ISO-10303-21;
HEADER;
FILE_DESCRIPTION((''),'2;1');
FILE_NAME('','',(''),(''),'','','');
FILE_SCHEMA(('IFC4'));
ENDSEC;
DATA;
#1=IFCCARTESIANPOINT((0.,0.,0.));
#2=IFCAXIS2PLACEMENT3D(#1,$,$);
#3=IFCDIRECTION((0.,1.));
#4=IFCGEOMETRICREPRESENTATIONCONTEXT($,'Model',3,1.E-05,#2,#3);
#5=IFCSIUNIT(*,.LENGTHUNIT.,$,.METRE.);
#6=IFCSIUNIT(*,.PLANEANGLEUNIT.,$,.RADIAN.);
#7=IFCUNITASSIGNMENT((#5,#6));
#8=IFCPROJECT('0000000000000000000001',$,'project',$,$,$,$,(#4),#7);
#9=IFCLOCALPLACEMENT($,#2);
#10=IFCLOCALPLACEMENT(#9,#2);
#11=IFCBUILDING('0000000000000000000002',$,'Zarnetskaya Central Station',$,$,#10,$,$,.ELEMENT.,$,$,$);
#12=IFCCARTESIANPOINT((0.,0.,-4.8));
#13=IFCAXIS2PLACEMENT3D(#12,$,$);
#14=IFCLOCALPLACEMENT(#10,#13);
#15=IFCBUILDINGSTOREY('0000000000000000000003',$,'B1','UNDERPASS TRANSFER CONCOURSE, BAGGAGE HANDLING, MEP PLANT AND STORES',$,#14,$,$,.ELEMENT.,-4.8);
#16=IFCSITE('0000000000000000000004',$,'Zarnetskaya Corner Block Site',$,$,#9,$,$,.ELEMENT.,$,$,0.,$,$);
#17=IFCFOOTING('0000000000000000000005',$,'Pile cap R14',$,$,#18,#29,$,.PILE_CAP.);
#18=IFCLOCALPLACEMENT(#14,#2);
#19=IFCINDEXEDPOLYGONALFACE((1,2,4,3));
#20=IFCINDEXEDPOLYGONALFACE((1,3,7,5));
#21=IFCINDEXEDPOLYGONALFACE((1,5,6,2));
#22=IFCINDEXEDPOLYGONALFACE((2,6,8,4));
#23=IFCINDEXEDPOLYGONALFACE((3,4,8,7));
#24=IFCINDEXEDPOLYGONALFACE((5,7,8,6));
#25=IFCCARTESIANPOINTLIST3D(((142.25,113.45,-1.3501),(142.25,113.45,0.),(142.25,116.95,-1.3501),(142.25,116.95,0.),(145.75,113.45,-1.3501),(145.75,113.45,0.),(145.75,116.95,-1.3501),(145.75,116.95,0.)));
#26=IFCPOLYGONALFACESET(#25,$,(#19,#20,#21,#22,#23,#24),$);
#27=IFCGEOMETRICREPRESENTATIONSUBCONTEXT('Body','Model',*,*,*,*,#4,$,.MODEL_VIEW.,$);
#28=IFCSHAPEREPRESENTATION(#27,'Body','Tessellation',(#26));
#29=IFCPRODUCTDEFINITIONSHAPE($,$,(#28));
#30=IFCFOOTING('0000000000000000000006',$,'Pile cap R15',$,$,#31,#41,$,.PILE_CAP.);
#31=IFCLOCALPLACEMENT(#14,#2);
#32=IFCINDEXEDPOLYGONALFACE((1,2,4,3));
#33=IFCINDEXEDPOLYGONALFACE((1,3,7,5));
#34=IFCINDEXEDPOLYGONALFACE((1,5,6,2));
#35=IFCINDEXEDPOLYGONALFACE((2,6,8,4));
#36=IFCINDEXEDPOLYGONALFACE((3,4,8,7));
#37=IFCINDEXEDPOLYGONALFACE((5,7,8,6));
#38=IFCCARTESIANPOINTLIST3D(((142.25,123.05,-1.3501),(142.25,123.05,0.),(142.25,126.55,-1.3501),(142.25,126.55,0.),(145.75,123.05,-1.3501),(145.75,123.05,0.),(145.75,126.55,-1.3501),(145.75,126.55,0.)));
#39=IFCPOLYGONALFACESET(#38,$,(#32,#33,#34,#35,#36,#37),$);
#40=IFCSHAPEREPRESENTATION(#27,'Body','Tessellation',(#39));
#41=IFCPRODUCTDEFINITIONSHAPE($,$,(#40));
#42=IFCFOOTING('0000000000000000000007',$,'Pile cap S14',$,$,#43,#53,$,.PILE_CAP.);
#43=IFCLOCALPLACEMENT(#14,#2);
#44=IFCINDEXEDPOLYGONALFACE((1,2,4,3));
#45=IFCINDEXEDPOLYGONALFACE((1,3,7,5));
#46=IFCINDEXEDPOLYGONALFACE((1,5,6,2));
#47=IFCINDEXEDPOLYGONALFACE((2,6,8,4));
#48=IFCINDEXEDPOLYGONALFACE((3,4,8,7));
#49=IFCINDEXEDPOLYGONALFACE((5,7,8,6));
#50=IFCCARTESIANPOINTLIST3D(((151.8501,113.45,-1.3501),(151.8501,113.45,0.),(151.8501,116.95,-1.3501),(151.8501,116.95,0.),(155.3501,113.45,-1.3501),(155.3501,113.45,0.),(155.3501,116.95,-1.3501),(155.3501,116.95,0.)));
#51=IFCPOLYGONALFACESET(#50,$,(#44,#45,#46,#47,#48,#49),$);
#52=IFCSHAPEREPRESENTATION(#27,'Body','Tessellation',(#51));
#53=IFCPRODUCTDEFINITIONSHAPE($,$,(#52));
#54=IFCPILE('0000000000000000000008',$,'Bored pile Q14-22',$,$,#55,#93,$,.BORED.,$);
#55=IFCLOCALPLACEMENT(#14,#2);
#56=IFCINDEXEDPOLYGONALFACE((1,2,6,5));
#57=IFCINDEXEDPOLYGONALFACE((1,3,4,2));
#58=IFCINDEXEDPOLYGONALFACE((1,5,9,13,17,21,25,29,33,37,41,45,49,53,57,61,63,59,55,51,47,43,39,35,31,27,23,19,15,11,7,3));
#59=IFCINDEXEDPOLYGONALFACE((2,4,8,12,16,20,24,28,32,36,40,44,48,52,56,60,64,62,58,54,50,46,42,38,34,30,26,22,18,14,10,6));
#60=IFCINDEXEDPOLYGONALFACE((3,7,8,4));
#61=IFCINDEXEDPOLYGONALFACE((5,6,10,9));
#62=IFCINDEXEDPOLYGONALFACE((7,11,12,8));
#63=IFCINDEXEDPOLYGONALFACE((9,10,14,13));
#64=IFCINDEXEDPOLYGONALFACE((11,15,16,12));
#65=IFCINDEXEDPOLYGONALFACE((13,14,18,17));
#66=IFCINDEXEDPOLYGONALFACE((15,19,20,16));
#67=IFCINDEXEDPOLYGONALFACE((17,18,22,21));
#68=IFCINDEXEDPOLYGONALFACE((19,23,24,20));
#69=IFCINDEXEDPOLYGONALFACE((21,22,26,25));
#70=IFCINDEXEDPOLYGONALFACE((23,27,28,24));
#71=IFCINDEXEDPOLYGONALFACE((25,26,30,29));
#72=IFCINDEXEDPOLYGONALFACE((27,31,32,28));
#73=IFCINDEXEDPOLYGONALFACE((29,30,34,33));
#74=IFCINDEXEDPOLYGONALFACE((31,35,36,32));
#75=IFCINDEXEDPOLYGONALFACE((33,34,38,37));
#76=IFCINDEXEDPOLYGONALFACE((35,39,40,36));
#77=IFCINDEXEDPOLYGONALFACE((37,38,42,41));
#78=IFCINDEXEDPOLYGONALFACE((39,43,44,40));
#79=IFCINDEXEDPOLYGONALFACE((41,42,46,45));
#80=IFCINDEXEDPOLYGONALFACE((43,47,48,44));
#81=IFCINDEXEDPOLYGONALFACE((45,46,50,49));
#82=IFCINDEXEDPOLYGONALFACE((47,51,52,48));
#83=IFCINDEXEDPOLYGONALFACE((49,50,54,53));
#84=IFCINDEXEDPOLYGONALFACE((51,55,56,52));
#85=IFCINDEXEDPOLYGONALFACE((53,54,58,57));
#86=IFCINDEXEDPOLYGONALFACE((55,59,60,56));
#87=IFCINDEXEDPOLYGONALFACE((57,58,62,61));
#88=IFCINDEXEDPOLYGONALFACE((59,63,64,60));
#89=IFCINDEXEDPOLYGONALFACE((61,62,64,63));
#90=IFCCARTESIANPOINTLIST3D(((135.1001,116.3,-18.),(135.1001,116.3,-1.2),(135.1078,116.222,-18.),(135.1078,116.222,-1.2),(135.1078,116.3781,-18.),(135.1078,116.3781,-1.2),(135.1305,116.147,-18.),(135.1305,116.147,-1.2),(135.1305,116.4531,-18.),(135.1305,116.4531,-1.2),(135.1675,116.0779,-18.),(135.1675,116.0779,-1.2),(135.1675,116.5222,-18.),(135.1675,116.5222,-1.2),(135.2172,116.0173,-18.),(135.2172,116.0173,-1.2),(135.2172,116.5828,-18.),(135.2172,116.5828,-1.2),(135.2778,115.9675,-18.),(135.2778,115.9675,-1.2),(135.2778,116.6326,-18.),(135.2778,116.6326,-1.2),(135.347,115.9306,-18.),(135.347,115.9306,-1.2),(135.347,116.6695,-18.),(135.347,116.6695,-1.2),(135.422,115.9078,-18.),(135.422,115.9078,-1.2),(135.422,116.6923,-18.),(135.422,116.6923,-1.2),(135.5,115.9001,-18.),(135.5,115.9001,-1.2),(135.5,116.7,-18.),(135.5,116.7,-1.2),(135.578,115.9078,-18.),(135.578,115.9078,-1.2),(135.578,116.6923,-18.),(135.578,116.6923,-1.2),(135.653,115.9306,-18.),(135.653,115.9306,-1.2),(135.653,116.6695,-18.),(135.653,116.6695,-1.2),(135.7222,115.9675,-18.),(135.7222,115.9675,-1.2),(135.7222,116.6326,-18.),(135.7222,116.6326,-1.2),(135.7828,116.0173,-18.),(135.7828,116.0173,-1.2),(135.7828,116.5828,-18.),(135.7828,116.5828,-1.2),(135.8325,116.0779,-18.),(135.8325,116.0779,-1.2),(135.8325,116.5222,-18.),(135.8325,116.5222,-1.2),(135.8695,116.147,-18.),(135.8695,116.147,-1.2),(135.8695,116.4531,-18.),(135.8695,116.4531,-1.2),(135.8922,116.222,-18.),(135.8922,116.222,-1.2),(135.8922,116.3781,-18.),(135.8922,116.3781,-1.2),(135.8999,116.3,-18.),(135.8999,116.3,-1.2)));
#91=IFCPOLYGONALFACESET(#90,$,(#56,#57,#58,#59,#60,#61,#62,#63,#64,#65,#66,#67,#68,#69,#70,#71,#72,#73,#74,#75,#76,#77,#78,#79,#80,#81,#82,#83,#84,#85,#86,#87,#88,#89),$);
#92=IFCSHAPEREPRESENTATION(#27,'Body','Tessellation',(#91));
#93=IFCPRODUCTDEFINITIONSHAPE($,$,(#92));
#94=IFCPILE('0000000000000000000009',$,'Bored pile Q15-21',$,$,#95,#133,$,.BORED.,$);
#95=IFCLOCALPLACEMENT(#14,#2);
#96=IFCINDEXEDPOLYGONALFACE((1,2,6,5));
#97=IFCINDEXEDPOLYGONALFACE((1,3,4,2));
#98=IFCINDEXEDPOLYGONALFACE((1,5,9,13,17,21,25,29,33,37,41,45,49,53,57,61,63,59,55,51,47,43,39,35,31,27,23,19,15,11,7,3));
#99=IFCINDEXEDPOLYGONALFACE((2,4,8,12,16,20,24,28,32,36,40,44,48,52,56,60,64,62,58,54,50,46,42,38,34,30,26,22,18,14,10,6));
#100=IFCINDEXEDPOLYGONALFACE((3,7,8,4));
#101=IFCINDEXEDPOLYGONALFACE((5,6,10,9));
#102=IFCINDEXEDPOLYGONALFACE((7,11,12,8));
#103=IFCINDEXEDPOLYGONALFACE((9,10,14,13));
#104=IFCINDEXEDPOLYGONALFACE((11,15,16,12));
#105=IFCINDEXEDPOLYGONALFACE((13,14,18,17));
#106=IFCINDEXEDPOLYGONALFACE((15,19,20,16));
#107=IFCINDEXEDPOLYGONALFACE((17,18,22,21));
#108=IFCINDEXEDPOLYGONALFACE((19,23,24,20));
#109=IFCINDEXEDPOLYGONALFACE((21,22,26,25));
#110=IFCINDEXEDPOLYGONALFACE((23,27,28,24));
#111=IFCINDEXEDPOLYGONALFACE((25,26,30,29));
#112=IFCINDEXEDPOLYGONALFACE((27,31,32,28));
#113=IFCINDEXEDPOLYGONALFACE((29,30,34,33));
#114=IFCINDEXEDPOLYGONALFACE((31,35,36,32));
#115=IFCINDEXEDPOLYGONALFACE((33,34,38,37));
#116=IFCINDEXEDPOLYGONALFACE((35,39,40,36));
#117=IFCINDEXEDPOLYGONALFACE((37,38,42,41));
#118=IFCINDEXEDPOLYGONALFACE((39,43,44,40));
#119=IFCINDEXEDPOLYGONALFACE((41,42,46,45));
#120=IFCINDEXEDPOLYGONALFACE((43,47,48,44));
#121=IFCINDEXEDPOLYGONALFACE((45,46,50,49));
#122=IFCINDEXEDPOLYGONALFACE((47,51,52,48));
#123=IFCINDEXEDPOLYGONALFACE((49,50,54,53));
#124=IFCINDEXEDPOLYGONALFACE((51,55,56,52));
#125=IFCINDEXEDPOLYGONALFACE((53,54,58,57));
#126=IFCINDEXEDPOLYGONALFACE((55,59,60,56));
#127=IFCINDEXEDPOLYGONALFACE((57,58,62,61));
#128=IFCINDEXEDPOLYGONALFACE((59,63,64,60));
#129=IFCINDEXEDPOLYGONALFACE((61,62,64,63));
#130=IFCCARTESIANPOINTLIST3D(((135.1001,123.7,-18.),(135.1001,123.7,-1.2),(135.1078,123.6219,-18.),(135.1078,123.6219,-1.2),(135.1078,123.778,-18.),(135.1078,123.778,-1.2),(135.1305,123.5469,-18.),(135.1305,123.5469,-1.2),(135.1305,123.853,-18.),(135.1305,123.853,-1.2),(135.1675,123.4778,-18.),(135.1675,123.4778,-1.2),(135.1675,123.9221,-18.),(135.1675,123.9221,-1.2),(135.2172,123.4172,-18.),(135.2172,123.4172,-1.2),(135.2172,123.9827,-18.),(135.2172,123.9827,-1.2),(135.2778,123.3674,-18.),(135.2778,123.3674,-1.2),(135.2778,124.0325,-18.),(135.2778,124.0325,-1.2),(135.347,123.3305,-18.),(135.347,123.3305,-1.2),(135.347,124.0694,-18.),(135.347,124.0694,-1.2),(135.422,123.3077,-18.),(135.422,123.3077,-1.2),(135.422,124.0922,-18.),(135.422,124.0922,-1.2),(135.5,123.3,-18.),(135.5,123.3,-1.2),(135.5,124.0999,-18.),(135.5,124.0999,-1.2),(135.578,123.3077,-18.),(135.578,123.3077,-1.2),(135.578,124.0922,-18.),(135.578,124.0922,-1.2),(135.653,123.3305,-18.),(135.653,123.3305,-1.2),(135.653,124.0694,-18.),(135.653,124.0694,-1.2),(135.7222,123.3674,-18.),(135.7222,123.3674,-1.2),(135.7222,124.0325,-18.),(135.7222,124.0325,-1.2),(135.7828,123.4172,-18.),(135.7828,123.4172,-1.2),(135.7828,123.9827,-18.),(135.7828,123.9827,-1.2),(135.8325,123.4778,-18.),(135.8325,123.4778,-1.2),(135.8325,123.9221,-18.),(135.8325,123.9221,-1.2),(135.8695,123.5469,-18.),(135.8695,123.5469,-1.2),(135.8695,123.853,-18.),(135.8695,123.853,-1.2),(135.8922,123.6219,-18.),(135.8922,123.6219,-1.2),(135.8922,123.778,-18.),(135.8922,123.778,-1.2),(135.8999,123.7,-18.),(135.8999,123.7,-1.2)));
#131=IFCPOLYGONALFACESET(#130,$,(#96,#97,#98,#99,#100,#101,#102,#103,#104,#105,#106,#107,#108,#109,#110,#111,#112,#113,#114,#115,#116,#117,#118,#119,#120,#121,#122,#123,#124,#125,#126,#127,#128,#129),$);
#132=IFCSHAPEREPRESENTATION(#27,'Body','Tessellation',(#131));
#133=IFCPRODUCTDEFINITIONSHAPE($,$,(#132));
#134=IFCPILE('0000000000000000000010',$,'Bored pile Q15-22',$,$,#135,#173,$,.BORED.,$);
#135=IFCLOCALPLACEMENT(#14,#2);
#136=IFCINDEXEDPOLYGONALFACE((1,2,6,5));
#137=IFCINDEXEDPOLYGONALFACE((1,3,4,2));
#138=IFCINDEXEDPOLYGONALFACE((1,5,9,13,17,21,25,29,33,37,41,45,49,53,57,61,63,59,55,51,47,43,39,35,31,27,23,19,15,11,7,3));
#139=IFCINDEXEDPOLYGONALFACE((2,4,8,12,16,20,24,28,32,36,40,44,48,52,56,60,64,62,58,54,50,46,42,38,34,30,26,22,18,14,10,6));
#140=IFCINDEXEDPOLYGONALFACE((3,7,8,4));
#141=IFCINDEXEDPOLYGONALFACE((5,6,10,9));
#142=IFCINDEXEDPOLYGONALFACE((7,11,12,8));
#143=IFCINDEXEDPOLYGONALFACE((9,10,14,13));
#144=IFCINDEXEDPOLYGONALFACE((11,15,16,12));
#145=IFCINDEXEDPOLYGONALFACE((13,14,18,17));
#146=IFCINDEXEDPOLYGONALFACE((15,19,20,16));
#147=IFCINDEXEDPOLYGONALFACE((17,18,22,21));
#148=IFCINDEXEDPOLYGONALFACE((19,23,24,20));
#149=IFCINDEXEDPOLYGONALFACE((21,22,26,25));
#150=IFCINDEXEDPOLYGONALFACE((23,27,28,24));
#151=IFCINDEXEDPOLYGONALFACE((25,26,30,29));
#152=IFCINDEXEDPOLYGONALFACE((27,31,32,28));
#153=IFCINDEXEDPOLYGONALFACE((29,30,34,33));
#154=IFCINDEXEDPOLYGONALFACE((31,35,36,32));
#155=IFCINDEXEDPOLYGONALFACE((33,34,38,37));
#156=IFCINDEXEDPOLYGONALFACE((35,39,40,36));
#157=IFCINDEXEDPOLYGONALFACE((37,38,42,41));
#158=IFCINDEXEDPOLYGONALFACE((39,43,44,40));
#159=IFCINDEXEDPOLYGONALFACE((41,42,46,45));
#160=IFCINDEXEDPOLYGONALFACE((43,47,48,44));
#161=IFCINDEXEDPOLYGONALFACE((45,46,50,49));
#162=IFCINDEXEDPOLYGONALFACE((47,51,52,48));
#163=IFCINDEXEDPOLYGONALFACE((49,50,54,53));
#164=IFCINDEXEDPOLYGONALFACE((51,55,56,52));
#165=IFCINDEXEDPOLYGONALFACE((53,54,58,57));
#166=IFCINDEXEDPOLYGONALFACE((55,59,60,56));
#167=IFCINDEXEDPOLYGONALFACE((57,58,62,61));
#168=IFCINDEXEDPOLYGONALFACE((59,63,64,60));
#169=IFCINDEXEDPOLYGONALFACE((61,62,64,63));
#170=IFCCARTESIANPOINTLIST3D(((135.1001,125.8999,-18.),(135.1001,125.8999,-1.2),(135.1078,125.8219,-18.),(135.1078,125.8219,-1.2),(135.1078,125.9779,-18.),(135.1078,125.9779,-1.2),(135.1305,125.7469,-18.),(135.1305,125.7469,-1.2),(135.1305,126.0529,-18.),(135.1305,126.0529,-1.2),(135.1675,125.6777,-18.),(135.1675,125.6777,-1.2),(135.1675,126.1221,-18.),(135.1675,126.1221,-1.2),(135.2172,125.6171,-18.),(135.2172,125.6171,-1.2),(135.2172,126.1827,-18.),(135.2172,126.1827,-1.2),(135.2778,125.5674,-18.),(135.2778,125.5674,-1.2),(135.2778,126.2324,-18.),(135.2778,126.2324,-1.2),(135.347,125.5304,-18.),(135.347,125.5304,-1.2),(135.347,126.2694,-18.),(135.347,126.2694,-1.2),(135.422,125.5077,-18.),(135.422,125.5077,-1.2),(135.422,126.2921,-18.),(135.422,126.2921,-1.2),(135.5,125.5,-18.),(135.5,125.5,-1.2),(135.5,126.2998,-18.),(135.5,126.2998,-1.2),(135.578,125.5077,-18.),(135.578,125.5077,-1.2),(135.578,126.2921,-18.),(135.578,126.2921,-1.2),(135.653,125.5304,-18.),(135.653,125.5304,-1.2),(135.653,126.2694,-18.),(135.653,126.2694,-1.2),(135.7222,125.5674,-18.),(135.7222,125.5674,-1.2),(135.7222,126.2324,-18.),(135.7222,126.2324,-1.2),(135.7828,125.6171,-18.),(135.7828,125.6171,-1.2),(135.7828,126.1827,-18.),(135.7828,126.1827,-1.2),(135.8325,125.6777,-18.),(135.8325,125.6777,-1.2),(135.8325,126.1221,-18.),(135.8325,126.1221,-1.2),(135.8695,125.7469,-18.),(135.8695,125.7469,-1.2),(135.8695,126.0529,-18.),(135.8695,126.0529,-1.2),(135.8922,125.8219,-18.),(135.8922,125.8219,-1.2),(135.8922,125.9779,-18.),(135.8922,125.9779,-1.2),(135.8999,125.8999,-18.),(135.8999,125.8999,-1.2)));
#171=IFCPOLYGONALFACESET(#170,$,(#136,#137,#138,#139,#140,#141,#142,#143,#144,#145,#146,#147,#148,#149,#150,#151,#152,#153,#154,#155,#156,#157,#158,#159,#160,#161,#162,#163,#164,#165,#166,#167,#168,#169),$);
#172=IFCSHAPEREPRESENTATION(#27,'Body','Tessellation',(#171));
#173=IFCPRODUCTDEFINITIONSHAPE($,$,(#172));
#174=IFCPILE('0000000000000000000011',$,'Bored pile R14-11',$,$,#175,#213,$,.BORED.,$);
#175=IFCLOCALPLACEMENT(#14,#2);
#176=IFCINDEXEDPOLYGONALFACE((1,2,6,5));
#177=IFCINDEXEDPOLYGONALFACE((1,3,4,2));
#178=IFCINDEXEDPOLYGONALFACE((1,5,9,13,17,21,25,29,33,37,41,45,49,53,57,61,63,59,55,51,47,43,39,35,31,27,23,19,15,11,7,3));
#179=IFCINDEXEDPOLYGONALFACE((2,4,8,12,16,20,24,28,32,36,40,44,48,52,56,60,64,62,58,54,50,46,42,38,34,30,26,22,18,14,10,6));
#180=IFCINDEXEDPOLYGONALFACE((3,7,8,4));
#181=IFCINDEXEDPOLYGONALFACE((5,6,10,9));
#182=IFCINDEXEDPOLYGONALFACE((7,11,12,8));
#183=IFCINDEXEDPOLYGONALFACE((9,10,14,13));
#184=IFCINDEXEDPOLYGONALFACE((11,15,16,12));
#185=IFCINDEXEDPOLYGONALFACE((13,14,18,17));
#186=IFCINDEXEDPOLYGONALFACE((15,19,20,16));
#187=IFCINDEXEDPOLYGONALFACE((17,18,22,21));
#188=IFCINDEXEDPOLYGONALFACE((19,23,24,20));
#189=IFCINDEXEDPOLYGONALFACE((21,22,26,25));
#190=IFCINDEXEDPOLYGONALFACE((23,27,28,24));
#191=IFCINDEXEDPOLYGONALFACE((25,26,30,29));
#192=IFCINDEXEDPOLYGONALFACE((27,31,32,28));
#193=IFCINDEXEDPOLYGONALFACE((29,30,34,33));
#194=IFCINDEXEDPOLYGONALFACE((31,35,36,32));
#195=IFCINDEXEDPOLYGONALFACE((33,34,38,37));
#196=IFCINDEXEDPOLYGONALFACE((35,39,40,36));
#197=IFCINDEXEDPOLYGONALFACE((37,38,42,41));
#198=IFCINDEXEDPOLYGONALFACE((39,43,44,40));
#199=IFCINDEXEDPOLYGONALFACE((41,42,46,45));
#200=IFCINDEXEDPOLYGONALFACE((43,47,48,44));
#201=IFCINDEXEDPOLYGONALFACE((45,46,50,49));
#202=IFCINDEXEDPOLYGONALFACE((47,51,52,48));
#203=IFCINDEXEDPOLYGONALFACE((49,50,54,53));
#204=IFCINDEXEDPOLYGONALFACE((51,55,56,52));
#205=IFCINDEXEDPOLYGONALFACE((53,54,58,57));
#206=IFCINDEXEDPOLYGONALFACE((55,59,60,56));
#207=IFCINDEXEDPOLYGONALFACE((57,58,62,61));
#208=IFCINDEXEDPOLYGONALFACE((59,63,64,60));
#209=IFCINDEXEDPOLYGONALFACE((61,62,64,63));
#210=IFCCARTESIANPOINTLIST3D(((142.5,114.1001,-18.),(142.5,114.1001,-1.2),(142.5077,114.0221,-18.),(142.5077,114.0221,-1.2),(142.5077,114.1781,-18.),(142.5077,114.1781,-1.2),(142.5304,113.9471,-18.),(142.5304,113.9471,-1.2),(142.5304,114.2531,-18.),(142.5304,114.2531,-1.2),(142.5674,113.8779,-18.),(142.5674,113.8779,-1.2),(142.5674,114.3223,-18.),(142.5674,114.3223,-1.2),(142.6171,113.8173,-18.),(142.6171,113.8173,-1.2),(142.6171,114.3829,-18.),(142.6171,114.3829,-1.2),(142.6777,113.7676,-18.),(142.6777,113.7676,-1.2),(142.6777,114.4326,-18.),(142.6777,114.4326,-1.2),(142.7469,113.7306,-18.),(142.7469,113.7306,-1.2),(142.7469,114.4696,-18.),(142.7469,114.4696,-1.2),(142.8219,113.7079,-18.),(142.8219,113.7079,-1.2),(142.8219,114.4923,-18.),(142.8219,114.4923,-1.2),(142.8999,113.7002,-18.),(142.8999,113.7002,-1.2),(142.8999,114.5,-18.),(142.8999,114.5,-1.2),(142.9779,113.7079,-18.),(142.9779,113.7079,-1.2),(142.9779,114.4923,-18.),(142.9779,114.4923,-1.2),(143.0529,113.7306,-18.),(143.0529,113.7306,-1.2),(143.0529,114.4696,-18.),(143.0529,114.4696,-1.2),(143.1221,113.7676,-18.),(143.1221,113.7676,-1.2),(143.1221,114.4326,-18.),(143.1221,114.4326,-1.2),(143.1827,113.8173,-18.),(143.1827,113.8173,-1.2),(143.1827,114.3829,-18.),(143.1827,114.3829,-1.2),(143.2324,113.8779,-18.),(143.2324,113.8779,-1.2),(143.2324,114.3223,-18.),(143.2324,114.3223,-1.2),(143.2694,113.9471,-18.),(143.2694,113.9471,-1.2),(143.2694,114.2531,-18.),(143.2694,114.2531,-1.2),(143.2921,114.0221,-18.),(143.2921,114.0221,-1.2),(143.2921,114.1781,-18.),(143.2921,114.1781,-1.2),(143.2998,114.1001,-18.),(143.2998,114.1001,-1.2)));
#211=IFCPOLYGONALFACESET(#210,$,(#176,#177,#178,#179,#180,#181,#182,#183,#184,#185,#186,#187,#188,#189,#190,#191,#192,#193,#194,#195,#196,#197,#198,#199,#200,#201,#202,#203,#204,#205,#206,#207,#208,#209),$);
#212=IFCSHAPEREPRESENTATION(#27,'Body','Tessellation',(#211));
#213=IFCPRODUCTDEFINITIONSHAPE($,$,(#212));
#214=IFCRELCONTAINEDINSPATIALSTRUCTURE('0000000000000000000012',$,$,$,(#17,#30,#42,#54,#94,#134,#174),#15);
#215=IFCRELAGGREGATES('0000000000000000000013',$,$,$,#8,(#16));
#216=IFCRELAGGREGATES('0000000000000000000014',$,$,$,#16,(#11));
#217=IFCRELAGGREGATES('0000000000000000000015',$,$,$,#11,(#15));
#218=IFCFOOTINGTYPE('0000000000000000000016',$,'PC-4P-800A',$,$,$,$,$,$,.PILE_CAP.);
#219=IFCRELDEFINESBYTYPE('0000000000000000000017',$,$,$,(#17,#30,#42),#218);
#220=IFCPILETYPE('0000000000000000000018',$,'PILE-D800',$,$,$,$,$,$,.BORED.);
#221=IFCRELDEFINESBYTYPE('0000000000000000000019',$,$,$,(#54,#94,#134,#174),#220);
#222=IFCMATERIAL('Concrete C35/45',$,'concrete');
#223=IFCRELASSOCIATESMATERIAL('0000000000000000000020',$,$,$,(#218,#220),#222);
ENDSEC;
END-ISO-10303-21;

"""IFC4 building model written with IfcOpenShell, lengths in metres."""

from ifc_helpers import new_model, si_unit, direction, frame, origin, origin_2d, place, context, subcontext, project, spatial, rectangle, circle, extrude, material, material_profile, profile_set, type_object, element, save


model = new_model("IFC4")

# Units and contexts
model_context = context("Model", 3, precision=1e-05, world=origin(), true_north=direction((0.0, 1.0)))
body_context = subcontext(model_context, "Body", "Model", "MODEL_VIEW")
ifc_project = project(units=[si_unit("LENGTHUNIT", "METRE"), si_unit("PLANEANGLEUNIT", "RADIAN")], contexts=[model_context])

# Site, building, storey
site_placement = place(None, origin())
site = spatial("IfcSite", under=ifc_project, at=site_placement, Name="Zarnetskaya Corner Block Site", CompositionType="ELEMENT", RefElevation=0.0)
building_placement = place(site_placement, origin())
building = spatial("IfcBuilding", under=site, at=building_placement, Name="Zarnetskaya Central Station", CompositionType="ELEMENT")
storey_placement = place(building_placement, frame((0.0, 0.0, -4.8)))
storey = spatial("IfcBuildingStorey", under=building, at=storey_placement, Name="B1", Description="UNDERPASS TRANSFER CONCOURSE, BAGGAGE HANDLING, MEP PLANT AND STORES", CompositionType="ELEMENT", Elevation=-4.8)

# Footings
ifc_material = material(Name="Concrete C35/45", Category="concrete")
footing_type = type_object("IfcFootingType", Name="PC-4P-800A", PredefinedType="PILE_CAP", material=ifc_material)
for number, where, z_axis, x_axis, name in (
    (1, (144.0, 115.2, -1.3501), (0.0, 0.0, 1.0), (1.0, 0.0, 0.0), "Pile cap R14"),
    (2, (144.0, 124.8, -1.3501), (0.0, 0.0, 1.0), (1.0, 0.0, 0.0), "Pile cap R15"),
    (3, (153.6001, 115.2, -1.3501), (0.0, 0.0, 1.0), (1.0, 0.0, 0.0), "Pile cap S14"),
):
    element("IfcFooting", number, at=place(storey_placement, frame(where, z_axis=z_axis, x_axis=x_axis)), inside=storey, type_object=footing_type, Name=name, PredefinedType="PILE_CAP", context=body_context, shape_type="SweptSolid", body=[
        extrude(rectangle(XDim=3.5, YDim=3.5, at=origin_2d()), origin(), (0.0, 0.0, 1.0), 1.3501),
    ])

# Piles
ifc_material_profile_1 = material_profile(ifc_material, circle(Radius=0.3999, at=origin_2d()), Name="BORED PILE D800")
ifc_profile_set_1 = profile_set([ifc_material_profile_1], Name="Concrete C35/45")
pile_type = type_object("IfcPileType", Name="PILE-D800", PredefinedType="BORED", material=ifc_profile_set_1)
for number, where, z_axis, x_axis, name in (
    (4, (135.5, 116.3, -1.2), (0.0, 0.0, -1.0), (1.0, 0.0, 0.0), "Bored pile Q14-22"),
    (5, (135.5, 123.7, -1.2), (0.0, 0.0, -1.0), (1.0, 0.0, 0.0), "Bored pile Q15-21"),
    (6, (135.5, 125.8999, -1.2), (0.0, 0.0, -1.0), (1.0, 0.0, 0.0), "Bored pile Q15-22"),
    (7, (142.8999, 114.1001, -1.2), (0.0, 0.0, -1.0), (1.0, 0.0, 0.0), "Bored pile R14-11"),
):
    element("IfcPile", number, at=place(storey_placement, frame(where, z_axis=z_axis, x_axis=x_axis)), inside=storey, type_object=pile_type, Name=name, PredefinedType="BORED", context=body_context, shape_type="SweptSolid", body=[
        extrude(circle(Radius=0.3999, at=origin_2d()), origin(), (0.0, 0.0, 1.0), 16.8),
    ])

save(model, "model.ifc")
